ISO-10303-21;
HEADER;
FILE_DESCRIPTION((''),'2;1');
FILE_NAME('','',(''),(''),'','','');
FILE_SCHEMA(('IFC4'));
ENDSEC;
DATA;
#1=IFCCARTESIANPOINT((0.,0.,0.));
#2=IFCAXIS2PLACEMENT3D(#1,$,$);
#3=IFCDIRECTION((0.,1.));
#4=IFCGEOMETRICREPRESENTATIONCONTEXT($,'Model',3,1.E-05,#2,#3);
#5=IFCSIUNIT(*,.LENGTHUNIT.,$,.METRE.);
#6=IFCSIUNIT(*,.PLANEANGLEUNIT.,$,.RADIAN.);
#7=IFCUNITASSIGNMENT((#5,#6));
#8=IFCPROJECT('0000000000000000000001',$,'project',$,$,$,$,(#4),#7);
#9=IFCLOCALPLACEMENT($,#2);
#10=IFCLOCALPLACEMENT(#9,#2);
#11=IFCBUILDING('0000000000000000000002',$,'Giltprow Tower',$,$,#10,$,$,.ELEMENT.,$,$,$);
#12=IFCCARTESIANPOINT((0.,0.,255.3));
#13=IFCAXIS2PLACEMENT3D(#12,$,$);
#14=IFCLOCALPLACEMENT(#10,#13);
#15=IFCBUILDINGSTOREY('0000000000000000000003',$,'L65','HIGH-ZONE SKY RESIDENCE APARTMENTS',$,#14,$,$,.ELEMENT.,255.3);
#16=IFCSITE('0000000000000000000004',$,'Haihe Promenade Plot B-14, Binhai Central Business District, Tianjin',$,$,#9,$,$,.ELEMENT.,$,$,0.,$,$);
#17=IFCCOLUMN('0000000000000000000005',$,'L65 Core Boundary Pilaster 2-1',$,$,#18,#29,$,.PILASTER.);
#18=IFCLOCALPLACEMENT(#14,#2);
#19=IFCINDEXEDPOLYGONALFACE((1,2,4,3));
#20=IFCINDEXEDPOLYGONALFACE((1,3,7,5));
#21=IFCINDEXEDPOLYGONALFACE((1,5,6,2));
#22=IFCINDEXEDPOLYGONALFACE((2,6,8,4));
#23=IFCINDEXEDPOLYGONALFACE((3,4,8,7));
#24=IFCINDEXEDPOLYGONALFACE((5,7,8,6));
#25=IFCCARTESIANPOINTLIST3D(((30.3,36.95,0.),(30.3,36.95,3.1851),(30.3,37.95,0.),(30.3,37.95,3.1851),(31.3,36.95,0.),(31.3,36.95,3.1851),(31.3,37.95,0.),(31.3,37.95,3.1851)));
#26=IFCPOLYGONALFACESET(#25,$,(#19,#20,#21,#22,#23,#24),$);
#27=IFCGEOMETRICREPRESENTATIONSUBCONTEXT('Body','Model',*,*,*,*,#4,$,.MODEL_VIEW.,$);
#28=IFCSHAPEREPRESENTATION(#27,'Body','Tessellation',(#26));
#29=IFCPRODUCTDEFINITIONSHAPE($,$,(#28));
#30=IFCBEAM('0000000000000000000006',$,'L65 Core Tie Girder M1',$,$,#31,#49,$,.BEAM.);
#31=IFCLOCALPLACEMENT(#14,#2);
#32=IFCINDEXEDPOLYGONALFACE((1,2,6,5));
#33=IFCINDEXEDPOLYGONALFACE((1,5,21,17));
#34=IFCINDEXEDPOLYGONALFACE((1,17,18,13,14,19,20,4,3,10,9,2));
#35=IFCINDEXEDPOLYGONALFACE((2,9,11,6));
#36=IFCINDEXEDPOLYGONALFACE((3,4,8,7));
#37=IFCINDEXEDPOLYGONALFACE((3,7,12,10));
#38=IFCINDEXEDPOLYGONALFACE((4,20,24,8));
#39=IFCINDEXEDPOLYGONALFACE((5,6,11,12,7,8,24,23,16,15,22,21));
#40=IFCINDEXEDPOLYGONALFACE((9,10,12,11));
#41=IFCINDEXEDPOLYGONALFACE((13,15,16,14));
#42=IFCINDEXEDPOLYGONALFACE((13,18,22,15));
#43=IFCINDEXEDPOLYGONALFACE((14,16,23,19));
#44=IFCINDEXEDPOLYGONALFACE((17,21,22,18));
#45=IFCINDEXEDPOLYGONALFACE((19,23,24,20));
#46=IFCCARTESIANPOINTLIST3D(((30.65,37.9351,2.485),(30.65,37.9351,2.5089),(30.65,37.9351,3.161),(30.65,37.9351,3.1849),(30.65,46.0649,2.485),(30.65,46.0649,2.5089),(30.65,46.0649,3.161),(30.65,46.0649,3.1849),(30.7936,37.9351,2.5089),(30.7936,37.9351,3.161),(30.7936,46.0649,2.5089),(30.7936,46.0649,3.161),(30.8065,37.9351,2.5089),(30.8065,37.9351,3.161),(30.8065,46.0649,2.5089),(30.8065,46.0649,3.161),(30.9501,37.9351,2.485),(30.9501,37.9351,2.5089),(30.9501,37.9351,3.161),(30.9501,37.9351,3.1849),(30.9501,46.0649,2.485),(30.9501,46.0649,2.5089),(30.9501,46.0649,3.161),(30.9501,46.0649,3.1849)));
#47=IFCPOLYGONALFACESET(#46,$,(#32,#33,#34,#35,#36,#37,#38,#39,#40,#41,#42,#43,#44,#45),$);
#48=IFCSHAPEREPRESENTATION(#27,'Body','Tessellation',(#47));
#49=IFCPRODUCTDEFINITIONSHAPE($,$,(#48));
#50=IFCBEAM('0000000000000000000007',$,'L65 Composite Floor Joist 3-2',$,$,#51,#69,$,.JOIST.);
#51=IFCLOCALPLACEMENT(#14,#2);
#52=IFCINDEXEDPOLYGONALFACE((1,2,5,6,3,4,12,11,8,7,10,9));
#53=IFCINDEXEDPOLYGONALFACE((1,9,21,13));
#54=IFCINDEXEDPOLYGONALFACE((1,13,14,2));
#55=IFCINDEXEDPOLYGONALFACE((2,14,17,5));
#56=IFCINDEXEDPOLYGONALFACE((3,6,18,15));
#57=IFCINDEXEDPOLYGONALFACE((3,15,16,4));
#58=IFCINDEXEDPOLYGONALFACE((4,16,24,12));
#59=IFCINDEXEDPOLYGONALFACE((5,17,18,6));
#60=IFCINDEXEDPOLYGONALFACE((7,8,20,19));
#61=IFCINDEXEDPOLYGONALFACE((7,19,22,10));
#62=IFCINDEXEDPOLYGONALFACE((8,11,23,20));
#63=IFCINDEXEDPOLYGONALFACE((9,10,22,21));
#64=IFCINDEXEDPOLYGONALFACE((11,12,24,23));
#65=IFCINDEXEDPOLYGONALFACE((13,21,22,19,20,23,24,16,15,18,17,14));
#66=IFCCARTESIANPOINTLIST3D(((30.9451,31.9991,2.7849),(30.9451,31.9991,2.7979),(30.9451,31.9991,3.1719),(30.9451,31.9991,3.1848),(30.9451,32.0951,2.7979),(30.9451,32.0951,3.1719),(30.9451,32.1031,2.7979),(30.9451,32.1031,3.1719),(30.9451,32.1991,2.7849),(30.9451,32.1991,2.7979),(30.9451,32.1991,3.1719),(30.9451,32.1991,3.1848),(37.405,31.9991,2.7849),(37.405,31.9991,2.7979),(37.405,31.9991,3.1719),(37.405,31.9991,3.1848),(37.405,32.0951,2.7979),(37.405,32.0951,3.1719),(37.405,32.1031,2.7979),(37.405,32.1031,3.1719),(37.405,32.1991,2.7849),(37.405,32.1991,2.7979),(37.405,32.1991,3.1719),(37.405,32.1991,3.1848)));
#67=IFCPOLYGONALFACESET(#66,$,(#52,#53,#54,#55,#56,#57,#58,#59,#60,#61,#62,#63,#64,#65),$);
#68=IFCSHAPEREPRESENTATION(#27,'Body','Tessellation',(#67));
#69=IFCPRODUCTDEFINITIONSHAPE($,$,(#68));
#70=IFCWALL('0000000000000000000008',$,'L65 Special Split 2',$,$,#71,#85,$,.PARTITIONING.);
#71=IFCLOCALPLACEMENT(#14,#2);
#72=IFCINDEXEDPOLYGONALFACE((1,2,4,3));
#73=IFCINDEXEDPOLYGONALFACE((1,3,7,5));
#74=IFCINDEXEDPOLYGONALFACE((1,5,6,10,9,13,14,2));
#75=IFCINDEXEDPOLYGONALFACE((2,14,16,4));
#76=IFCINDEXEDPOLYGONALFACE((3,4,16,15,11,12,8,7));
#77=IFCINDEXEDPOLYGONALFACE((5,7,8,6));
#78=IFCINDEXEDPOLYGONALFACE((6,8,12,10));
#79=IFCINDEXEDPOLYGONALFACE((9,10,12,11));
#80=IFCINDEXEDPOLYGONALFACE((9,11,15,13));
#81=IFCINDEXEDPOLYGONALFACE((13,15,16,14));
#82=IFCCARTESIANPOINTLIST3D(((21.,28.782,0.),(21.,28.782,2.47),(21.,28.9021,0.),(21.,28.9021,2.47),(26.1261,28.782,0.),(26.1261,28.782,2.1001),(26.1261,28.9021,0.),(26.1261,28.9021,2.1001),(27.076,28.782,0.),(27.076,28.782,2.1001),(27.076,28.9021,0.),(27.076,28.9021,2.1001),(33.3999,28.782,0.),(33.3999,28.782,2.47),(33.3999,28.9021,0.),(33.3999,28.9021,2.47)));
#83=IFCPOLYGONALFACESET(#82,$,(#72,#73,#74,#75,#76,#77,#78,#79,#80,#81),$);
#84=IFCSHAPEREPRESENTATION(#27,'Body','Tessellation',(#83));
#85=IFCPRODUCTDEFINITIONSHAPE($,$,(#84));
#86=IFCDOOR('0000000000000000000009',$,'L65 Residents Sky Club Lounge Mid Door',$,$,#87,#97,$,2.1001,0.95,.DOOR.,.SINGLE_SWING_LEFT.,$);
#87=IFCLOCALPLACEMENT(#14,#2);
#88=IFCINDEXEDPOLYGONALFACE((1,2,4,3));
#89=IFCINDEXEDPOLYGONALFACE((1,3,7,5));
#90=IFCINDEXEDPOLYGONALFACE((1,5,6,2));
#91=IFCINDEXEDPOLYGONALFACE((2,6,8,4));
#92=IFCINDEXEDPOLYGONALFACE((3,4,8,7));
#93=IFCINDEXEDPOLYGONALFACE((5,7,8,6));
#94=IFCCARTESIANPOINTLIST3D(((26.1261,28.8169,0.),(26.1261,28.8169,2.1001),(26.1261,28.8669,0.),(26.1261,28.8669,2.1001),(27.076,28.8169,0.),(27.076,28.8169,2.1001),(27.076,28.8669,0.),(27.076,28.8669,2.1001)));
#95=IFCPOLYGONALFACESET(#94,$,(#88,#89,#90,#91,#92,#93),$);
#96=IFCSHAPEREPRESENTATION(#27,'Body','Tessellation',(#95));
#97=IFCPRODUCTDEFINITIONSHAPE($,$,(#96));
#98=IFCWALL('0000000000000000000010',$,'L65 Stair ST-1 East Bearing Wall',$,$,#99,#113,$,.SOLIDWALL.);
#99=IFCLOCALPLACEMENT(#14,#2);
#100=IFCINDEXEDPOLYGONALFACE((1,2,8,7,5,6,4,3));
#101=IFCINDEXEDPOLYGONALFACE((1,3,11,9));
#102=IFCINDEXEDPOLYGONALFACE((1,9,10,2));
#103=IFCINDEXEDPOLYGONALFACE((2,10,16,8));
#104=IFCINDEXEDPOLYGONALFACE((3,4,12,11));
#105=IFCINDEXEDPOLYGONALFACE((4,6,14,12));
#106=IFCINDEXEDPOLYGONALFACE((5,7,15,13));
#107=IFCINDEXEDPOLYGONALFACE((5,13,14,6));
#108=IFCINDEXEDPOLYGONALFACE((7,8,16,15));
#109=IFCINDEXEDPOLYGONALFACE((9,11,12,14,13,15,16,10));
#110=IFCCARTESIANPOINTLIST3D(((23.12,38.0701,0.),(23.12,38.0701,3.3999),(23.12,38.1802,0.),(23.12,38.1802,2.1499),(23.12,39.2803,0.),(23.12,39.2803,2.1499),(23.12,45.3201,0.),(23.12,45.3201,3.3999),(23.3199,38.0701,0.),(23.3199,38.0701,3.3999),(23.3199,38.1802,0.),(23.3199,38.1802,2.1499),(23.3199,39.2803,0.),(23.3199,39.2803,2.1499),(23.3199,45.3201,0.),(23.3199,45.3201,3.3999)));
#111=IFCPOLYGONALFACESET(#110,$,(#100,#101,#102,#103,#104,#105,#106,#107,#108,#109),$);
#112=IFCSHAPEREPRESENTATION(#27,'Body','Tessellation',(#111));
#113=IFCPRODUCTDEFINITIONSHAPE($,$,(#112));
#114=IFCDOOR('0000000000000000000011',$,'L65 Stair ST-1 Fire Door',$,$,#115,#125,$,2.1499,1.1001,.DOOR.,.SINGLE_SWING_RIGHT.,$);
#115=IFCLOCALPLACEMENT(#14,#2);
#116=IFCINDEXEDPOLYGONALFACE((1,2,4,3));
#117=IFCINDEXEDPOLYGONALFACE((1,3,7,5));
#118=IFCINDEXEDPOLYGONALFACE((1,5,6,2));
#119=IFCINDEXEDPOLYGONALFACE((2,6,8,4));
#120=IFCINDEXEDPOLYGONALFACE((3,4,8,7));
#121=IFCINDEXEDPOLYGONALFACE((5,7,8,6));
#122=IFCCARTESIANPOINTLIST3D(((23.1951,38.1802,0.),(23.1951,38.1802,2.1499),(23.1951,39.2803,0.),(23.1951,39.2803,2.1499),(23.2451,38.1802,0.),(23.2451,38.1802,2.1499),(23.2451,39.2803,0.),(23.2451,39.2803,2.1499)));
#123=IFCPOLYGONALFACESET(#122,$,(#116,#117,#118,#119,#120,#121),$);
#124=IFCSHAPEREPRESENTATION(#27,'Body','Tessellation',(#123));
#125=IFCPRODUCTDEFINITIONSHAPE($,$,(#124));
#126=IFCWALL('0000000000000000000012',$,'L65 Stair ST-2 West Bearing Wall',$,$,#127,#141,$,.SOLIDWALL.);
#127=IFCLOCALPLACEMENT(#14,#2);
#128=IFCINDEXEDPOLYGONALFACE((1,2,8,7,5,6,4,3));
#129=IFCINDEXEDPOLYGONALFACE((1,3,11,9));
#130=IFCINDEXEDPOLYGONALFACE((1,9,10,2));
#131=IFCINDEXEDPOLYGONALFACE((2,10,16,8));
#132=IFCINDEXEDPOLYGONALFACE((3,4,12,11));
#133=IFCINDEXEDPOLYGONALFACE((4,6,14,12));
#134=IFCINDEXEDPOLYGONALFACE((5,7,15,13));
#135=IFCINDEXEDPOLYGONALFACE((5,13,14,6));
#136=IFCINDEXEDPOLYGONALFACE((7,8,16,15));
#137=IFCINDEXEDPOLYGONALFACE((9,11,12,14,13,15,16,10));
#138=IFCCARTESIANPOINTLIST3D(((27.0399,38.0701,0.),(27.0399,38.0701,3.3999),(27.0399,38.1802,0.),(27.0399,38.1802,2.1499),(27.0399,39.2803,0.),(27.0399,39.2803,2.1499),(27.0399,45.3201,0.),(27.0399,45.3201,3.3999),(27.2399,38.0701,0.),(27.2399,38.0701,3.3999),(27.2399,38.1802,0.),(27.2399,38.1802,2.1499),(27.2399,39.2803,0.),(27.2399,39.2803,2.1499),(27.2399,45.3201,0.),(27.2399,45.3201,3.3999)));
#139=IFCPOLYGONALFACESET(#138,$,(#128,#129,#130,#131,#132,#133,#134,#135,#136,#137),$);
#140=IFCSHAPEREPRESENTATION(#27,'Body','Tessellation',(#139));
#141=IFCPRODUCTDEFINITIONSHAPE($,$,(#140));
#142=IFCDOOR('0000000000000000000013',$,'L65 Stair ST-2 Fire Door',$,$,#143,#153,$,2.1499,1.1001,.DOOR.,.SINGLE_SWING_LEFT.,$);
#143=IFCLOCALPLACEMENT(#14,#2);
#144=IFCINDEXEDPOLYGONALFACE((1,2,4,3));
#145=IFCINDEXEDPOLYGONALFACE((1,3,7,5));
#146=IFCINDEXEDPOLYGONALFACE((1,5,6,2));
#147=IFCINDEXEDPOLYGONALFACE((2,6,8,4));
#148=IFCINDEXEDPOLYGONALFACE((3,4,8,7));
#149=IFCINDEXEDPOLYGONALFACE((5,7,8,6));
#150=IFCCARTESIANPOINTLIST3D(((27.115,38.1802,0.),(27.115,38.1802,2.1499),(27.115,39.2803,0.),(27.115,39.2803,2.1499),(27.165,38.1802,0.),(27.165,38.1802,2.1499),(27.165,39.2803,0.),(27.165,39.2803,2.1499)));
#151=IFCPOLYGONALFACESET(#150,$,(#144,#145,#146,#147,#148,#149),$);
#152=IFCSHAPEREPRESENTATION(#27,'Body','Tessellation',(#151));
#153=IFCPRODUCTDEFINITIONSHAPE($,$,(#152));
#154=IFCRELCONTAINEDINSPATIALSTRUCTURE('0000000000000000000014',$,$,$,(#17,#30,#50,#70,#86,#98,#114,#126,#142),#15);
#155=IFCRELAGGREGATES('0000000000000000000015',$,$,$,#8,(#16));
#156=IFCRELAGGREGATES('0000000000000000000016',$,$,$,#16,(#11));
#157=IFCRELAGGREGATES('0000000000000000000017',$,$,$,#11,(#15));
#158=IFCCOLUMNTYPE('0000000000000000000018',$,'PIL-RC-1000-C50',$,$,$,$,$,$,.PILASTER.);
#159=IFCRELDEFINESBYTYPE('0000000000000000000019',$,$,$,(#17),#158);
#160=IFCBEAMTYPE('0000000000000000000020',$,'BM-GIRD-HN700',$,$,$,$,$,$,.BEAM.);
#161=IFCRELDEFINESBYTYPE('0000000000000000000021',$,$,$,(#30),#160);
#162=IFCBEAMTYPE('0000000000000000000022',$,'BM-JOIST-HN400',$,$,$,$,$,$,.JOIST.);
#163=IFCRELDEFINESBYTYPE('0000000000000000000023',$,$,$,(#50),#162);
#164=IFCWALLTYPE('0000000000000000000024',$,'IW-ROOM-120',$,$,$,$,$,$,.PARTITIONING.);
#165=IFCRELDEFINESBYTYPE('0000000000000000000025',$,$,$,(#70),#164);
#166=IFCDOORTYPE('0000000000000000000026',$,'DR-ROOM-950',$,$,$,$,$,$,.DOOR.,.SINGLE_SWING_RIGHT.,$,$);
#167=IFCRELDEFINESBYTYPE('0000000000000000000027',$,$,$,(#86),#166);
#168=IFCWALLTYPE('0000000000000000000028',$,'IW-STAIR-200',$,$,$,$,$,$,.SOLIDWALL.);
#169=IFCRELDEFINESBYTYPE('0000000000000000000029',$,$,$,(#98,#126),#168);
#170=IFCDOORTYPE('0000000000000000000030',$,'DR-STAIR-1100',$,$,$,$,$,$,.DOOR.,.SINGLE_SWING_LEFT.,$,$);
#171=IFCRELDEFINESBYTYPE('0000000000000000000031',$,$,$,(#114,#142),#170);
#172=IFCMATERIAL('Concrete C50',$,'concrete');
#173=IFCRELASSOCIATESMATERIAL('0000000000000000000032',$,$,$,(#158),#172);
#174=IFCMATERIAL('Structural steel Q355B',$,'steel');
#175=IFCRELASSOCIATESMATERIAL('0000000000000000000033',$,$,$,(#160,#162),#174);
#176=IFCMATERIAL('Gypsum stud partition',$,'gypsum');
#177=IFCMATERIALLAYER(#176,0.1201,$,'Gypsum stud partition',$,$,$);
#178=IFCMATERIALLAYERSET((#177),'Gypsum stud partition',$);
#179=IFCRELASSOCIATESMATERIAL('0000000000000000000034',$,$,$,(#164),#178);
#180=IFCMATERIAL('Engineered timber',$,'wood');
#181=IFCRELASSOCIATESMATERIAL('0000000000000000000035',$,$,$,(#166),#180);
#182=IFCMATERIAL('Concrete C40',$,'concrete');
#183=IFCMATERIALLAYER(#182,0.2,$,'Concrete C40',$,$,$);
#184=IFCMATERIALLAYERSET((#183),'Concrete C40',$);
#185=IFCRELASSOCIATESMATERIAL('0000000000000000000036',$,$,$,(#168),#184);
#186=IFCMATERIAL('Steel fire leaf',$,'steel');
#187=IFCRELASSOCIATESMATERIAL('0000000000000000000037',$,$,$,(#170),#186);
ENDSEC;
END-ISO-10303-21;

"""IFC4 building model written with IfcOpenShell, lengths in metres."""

from ifc_helpers import new_model, si_unit, direction, frame, frame_2d, origin, origin_2d, place, context, subcontext, project, spatial, rectangle, i_section, extrude, source, transform, mapped, material, layer, layer_set, material_profile, profile_set, type_object, element, fill, save


model = new_model("IFC4")

# Units and contexts
model_context = context("Model", 3, precision=1e-05, world=origin(), true_north=direction((0.0, 1.0)))
body_context = subcontext(model_context, "Body", "Model", "MODEL_VIEW")
ifc_project = project(units=[si_unit("LENGTHUNIT", "METRE"), si_unit("PLANEANGLEUNIT", "RADIAN")], contexts=[model_context])

# Site, building, storey
site_placement = place(None, origin())
site = spatial("IfcSite", under=ifc_project, at=site_placement, Name="Haihe Promenade Plot B-14, Binhai Central Business District, Tianjin", CompositionType="ELEMENT", RefElevation=0.0)
building_placement = place(site_placement, origin())
building = spatial("IfcBuilding", under=site, at=building_placement, Name="Giltprow Tower", CompositionType="ELEMENT")
storey_placement = place(building_placement, frame((0.0, 0.0, 255.3)))
storey = spatial("IfcBuildingStorey", under=building, at=storey_placement, Name="L65", Description="HIGH-ZONE SKY RESIDENCE APARTMENTS", CompositionType="ELEMENT", Elevation=255.3)

# Column
ifc_material_1 = material(Name="Concrete C50", Category="concrete")
ifc_material_profile_1 = material_profile(ifc_material_1, rectangle(XDim=1.0, YDim=1.0, at=origin_2d()), Name="RC 1000x1000")
ifc_profile_set_1 = profile_set([ifc_material_profile_1], Name="Concrete C50")
column_type = type_object("IfcColumnType", Name="PIL-RC-1000-C50", PredefinedType="PILASTER", material=ifc_profile_set_1)
shared_shape_1 = source(origin(), body_context, "Body", "SweptSolid", [
    extrude(rectangle(XDim=1.0, YDim=1.0, at=origin_2d()), origin(), (0.0, 0.0, 1.0), 3.1851),
])
column_placement = place(storey_placement, frame((30.8, 37.45, 0.0), z_axis=(0.0, 0.0, 1.0), x_axis=(1.0, 0.0, 0.0)))
element("IfcColumn", 1, at=column_placement, inside=storey, type_object=column_type, Name="L65 Core Boundary Pilaster 2-1", PredefinedType="PILASTER", context=body_context, shape_type="MappedRepresentation", body=[
    mapped(shared_shape_1, transform((0.0, 0.0, 0.0), x_axis=(1.0, 0.0, 0.0), y_axis=(0.0, 1.0, 0.0), z_axis=(0.0, 0.0, 1.0), scale=1.0)),
])

# Beams
ifc_material_2 = material(Name="Structural steel Q355B", Category="steel")
ifc_material_profile_2 = material_profile(ifc_material_2, i_section(OverallWidth=0.3, OverallDepth=0.7, WebThickness=0.0129, FlangeThickness=0.0239, at=origin_2d()), Name="HN 700x300x13x24")
ifc_profile_set_2 = profile_set([ifc_material_profile_2], Name="Structural steel Q355B")
beam_type_1 = type_object("IfcBeamType", Name="BM-GIRD-HN700", PredefinedType="BEAM", material=ifc_profile_set_2)
shared_shape_2 = source(origin(), body_context, "Body", "SweptSolid", [
    extrude(i_section(OverallWidth=0.3, OverallDepth=0.7, WebThickness=0.0129, FlangeThickness=0.0239, at=origin_2d()), origin(), (0.0, 0.0, 1.0), 8.1299),
])
beam_1_placement = place(storey_placement, frame((30.8, 37.9351, 2.835), z_axis=(0.0, 1.0, 0.0), x_axis=(-1.0, 0.0, 0.0)))
element("IfcBeam", 2, at=beam_1_placement, inside=storey, type_object=beam_type_1, Name="L65 Core Tie Girder M1", PredefinedType="BEAM", context=body_context, shape_type="MappedRepresentation", body=[
    mapped(shared_shape_2, transform((0.0, 0.0, 0.0), x_axis=(1.0, 0.0, 0.0), y_axis=(0.0, 1.0, 0.0), z_axis=(0.0, 0.0, 1.0), scale=1.0)),
])
ifc_material_profile_3 = material_profile(ifc_material_2, i_section(OverallWidth=0.2, OverallDepth=0.3999, WebThickness=0.0081, FlangeThickness=0.0129, at=origin_2d()), Name="HN 400x200x8x13")
ifc_profile_set_3 = profile_set([ifc_material_profile_3], Name="Structural steel Q355B")
beam_type_2 = type_object("IfcBeamType", Name="BM-JOIST-HN400", PredefinedType="JOIST", material=ifc_profile_set_3)
shared_shape_3 = source(origin(), body_context, "Body", "SweptSolid", [
    extrude(i_section(OverallWidth=0.2, OverallDepth=0.3999, WebThickness=0.0081, FlangeThickness=0.0129, at=origin_2d()), origin(), (0.0, 0.0, 1.0), 6.46),
])
beam_2_placement = place(storey_placement, frame((30.9451, 32.0991, 2.9849), z_axis=(1.0, 0.0, 0.0), x_axis=(0.0, 1.0, 0.0)))
element("IfcBeam", 3, at=beam_2_placement, inside=storey, type_object=beam_type_2, Name="L65 Composite Floor Joist 3-2", PredefinedType="JOIST", context=body_context, shape_type="MappedRepresentation", body=[
    mapped(shared_shape_3, transform((0.0, 0.0, 0.0), x_axis=(1.0, 0.0, 0.0), y_axis=(0.0, 1.0, 0.0), z_axis=(0.0, 0.0, 1.0), scale=1.0)),
])

# Walls, openings, doors
ifc_material_3 = material(Name="Gypsum stud partition", Category="gypsum")
ifc_layer_1 = layer(ifc_material_3, 0.1201, Name="Gypsum stud partition")
ifc_layer_set_1 = layer_set([ifc_layer_1], Name="Gypsum stud partition")
wall_type_1 = type_object("IfcWallType", Name="IW-ROOM-120", PredefinedType="PARTITIONING", material=ifc_layer_set_1)
wall_1_placement = place(storey_placement, frame((21.0, 28.842, 0.0), z_axis=(0.0, 0.0, 1.0), x_axis=(1.0, 0.0, 0.0)))
wall_1 = element("IfcWall", 4, at=wall_1_placement, inside=storey, type_object=wall_type_1, Name="L65 Special Split 2", PredefinedType="PARTITIONING", context=body_context, shape_type="SweptSolid", body=[
    extrude(rectangle(XDim=12.3999, YDim=0.1201, at=frame_2d((6.2, 0.0))), origin(), (0.0, 0.0, 1.0), 2.47),
])
opening_1_placement = place(wall_1_placement, frame((5.126, 0.0, 0.0)))
opening_1 = element("IfcOpeningElement", 5, at=opening_1_placement, cuts=wall_1, PredefinedType="OPENING", context=body_context, shape_type="SweptSolid", body=[
    extrude(rectangle(XDim=0.95, YDim=2.1001, at=frame_2d((0.4751, 1.05))), frame((0.0, 0.0701, 0.0), z_axis=(0.0, -1.0, 0.0), x_axis=(1.0, 0.0, 0.0)), (0.0, 0.0, 1.0), 0.1401),
])
ifc_material_4 = material(Name="Engineered timber", Category="wood")
door_type_1 = type_object("IfcDoorType", Name="DR-ROOM-950", OperationType="SINGLE_SWING_RIGHT", PredefinedType="DOOR", material=ifc_material_4)
shared_shape_4 = source(origin(), body_context, "Body", "SweptSolid", [
    extrude(rectangle(XDim=0.95, YDim=2.1001, at=frame_2d((0.4751, 1.05))), frame((0.0, 0.0249, 0.0), z_axis=(0.0, -1.0, 0.0), x_axis=(1.0, 0.0, 0.0)), (0.0, 0.0, 1.0), 0.05),
])
door_1_placement = place(opening_1_placement, origin())
door_1 = element("IfcDoor", 6, at=door_1_placement, inside=storey, type_object=door_type_1, Name="L65 Residents Sky Club Lounge Mid Door", OperationType="SINGLE_SWING_LEFT", OverallHeight=2.1001, OverallWidth=0.95, PredefinedType="DOOR", context=body_context, shape_type="MappedRepresentation", body=[
    mapped(shared_shape_4, transform((0.0, 0.0, 0.0), x_axis=(1.0, 0.0, 0.0), y_axis=(0.0, 1.0, 0.0), z_axis=(0.0, 0.0, 1.0), scale=1.0)),
])
fill(opening_1, door_1)
ifc_material_5 = material(Name="Concrete C40", Category="concrete")
ifc_layer_2 = layer(ifc_material_5, 0.2, Name="Concrete C40")
ifc_layer_set_2 = layer_set([ifc_layer_2], Name="Concrete C40")
wall_type_2 = type_object("IfcWallType", Name="IW-STAIR-200", PredefinedType="SOLIDWALL", material=ifc_layer_set_2)
wall_2_placement = place(storey_placement, frame((23.22, 38.0701, 0.0), z_axis=(0.0, 0.0, 1.0), x_axis=(0.0, 1.0, 0.0)))
wall_2 = element("IfcWall", 7, at=wall_2_placement, inside=storey, type_object=wall_type_2, Name="L65 Stair ST-1 East Bearing Wall", PredefinedType="SOLIDWALL", context=body_context, shape_type="SweptSolid", body=[
    extrude(rectangle(XDim=7.25, YDim=0.2, at=frame_2d((3.625, 0.0))), origin(), (0.0, 0.0, 1.0), 3.3999),
])
opening_2_placement = place(wall_2_placement, frame((0.1101, 0.0, 0.0)))
opening_2 = element("IfcOpeningElement", 8, at=opening_2_placement, cuts=wall_2, PredefinedType="OPENING", context=body_context, shape_type="SweptSolid", body=[
    extrude(rectangle(XDim=1.1001, YDim=2.1499, at=frame_2d((0.55, 1.075))), frame((0.0, 0.1099, 0.0), z_axis=(0.0, -1.0, 0.0), x_axis=(1.0, 0.0, 0.0)), (0.0, 0.0, 1.0), 0.22),
])
ifc_material_6 = material(Name="Steel fire leaf", Category="steel")
door_type_2 = type_object("IfcDoorType", Name="DR-STAIR-1100", OperationType="SINGLE_SWING_LEFT", PredefinedType="DOOR", material=ifc_material_6)
shared_shape_5 = source(origin(), body_context, "Body", "SweptSolid", [
    extrude(rectangle(XDim=1.1001, YDim=2.1499, at=frame_2d((0.55, 1.075))), frame((0.0, 0.0249, 0.0), z_axis=(0.0, -1.0, 0.0), x_axis=(1.0, 0.0, 0.0)), (0.0, 0.0, 1.0), 0.05),
])
door_2_placement = place(opening_2_placement, origin())
door_2 = element("IfcDoor", 9, at=door_2_placement, inside=storey, type_object=door_type_2, Name="L65 Stair ST-1 Fire Door", OperationType="SINGLE_SWING_RIGHT", OverallHeight=2.1499, OverallWidth=1.1001, PredefinedType="DOOR", context=body_context, shape_type="MappedRepresentation", body=[
    mapped(shared_shape_5, transform((0.0, 0.0, 0.0), x_axis=(1.0, 0.0, 0.0), y_axis=(0.0, 1.0, 0.0), z_axis=(0.0, 0.0, 1.0), scale=1.0)),
])
fill(opening_2, door_2)
wall_3_placement = place(storey_placement, frame((27.1399, 38.0701, 0.0), z_axis=(0.0, 0.0, 1.0), x_axis=(0.0, 1.0, 0.0)))
wall_3 = element("IfcWall", 10, at=wall_3_placement, inside=storey, type_object=wall_type_2, Name="L65 Stair ST-2 West Bearing Wall", PredefinedType="SOLIDWALL", context=body_context, shape_type="SweptSolid", body=[
    extrude(rectangle(XDim=7.25, YDim=0.2, at=frame_2d((3.625, 0.0))), origin(), (0.0, 0.0, 1.0), 3.3999),
])
opening_3_placement = place(wall_3_placement, frame((0.1101, 0.0, 0.0)))
opening_3 = element("IfcOpeningElement", 11, at=opening_3_placement, cuts=wall_3, PredefinedType="OPENING", context=body_context, shape_type="SweptSolid", body=[
    extrude(rectangle(XDim=1.1001, YDim=2.1499, at=frame_2d((0.55, 1.075))), frame((0.0, 0.1099, 0.0), z_axis=(0.0, -1.0, 0.0), x_axis=(1.0, 0.0, 0.0)), (0.0, 0.0, 1.0), 0.22),
])
door_3_placement = place(opening_3_placement, origin())
door_3 = element("IfcDoor", 12, at=door_3_placement, inside=storey, type_object=door_type_2, Name="L65 Stair ST-2 Fire Door", OperationType="SINGLE_SWING_LEFT", OverallHeight=2.1499, OverallWidth=1.1001, PredefinedType="DOOR", context=body_context, shape_type="MappedRepresentation", body=[
    mapped(shared_shape_5, transform((0.0, 0.0, 0.0), x_axis=(1.0, 0.0, 0.0), y_axis=(0.0, 1.0, 0.0), z_axis=(0.0, 0.0, 1.0), scale=1.0)),
])
fill(opening_3, door_3)

save(model, "model.ifc")
